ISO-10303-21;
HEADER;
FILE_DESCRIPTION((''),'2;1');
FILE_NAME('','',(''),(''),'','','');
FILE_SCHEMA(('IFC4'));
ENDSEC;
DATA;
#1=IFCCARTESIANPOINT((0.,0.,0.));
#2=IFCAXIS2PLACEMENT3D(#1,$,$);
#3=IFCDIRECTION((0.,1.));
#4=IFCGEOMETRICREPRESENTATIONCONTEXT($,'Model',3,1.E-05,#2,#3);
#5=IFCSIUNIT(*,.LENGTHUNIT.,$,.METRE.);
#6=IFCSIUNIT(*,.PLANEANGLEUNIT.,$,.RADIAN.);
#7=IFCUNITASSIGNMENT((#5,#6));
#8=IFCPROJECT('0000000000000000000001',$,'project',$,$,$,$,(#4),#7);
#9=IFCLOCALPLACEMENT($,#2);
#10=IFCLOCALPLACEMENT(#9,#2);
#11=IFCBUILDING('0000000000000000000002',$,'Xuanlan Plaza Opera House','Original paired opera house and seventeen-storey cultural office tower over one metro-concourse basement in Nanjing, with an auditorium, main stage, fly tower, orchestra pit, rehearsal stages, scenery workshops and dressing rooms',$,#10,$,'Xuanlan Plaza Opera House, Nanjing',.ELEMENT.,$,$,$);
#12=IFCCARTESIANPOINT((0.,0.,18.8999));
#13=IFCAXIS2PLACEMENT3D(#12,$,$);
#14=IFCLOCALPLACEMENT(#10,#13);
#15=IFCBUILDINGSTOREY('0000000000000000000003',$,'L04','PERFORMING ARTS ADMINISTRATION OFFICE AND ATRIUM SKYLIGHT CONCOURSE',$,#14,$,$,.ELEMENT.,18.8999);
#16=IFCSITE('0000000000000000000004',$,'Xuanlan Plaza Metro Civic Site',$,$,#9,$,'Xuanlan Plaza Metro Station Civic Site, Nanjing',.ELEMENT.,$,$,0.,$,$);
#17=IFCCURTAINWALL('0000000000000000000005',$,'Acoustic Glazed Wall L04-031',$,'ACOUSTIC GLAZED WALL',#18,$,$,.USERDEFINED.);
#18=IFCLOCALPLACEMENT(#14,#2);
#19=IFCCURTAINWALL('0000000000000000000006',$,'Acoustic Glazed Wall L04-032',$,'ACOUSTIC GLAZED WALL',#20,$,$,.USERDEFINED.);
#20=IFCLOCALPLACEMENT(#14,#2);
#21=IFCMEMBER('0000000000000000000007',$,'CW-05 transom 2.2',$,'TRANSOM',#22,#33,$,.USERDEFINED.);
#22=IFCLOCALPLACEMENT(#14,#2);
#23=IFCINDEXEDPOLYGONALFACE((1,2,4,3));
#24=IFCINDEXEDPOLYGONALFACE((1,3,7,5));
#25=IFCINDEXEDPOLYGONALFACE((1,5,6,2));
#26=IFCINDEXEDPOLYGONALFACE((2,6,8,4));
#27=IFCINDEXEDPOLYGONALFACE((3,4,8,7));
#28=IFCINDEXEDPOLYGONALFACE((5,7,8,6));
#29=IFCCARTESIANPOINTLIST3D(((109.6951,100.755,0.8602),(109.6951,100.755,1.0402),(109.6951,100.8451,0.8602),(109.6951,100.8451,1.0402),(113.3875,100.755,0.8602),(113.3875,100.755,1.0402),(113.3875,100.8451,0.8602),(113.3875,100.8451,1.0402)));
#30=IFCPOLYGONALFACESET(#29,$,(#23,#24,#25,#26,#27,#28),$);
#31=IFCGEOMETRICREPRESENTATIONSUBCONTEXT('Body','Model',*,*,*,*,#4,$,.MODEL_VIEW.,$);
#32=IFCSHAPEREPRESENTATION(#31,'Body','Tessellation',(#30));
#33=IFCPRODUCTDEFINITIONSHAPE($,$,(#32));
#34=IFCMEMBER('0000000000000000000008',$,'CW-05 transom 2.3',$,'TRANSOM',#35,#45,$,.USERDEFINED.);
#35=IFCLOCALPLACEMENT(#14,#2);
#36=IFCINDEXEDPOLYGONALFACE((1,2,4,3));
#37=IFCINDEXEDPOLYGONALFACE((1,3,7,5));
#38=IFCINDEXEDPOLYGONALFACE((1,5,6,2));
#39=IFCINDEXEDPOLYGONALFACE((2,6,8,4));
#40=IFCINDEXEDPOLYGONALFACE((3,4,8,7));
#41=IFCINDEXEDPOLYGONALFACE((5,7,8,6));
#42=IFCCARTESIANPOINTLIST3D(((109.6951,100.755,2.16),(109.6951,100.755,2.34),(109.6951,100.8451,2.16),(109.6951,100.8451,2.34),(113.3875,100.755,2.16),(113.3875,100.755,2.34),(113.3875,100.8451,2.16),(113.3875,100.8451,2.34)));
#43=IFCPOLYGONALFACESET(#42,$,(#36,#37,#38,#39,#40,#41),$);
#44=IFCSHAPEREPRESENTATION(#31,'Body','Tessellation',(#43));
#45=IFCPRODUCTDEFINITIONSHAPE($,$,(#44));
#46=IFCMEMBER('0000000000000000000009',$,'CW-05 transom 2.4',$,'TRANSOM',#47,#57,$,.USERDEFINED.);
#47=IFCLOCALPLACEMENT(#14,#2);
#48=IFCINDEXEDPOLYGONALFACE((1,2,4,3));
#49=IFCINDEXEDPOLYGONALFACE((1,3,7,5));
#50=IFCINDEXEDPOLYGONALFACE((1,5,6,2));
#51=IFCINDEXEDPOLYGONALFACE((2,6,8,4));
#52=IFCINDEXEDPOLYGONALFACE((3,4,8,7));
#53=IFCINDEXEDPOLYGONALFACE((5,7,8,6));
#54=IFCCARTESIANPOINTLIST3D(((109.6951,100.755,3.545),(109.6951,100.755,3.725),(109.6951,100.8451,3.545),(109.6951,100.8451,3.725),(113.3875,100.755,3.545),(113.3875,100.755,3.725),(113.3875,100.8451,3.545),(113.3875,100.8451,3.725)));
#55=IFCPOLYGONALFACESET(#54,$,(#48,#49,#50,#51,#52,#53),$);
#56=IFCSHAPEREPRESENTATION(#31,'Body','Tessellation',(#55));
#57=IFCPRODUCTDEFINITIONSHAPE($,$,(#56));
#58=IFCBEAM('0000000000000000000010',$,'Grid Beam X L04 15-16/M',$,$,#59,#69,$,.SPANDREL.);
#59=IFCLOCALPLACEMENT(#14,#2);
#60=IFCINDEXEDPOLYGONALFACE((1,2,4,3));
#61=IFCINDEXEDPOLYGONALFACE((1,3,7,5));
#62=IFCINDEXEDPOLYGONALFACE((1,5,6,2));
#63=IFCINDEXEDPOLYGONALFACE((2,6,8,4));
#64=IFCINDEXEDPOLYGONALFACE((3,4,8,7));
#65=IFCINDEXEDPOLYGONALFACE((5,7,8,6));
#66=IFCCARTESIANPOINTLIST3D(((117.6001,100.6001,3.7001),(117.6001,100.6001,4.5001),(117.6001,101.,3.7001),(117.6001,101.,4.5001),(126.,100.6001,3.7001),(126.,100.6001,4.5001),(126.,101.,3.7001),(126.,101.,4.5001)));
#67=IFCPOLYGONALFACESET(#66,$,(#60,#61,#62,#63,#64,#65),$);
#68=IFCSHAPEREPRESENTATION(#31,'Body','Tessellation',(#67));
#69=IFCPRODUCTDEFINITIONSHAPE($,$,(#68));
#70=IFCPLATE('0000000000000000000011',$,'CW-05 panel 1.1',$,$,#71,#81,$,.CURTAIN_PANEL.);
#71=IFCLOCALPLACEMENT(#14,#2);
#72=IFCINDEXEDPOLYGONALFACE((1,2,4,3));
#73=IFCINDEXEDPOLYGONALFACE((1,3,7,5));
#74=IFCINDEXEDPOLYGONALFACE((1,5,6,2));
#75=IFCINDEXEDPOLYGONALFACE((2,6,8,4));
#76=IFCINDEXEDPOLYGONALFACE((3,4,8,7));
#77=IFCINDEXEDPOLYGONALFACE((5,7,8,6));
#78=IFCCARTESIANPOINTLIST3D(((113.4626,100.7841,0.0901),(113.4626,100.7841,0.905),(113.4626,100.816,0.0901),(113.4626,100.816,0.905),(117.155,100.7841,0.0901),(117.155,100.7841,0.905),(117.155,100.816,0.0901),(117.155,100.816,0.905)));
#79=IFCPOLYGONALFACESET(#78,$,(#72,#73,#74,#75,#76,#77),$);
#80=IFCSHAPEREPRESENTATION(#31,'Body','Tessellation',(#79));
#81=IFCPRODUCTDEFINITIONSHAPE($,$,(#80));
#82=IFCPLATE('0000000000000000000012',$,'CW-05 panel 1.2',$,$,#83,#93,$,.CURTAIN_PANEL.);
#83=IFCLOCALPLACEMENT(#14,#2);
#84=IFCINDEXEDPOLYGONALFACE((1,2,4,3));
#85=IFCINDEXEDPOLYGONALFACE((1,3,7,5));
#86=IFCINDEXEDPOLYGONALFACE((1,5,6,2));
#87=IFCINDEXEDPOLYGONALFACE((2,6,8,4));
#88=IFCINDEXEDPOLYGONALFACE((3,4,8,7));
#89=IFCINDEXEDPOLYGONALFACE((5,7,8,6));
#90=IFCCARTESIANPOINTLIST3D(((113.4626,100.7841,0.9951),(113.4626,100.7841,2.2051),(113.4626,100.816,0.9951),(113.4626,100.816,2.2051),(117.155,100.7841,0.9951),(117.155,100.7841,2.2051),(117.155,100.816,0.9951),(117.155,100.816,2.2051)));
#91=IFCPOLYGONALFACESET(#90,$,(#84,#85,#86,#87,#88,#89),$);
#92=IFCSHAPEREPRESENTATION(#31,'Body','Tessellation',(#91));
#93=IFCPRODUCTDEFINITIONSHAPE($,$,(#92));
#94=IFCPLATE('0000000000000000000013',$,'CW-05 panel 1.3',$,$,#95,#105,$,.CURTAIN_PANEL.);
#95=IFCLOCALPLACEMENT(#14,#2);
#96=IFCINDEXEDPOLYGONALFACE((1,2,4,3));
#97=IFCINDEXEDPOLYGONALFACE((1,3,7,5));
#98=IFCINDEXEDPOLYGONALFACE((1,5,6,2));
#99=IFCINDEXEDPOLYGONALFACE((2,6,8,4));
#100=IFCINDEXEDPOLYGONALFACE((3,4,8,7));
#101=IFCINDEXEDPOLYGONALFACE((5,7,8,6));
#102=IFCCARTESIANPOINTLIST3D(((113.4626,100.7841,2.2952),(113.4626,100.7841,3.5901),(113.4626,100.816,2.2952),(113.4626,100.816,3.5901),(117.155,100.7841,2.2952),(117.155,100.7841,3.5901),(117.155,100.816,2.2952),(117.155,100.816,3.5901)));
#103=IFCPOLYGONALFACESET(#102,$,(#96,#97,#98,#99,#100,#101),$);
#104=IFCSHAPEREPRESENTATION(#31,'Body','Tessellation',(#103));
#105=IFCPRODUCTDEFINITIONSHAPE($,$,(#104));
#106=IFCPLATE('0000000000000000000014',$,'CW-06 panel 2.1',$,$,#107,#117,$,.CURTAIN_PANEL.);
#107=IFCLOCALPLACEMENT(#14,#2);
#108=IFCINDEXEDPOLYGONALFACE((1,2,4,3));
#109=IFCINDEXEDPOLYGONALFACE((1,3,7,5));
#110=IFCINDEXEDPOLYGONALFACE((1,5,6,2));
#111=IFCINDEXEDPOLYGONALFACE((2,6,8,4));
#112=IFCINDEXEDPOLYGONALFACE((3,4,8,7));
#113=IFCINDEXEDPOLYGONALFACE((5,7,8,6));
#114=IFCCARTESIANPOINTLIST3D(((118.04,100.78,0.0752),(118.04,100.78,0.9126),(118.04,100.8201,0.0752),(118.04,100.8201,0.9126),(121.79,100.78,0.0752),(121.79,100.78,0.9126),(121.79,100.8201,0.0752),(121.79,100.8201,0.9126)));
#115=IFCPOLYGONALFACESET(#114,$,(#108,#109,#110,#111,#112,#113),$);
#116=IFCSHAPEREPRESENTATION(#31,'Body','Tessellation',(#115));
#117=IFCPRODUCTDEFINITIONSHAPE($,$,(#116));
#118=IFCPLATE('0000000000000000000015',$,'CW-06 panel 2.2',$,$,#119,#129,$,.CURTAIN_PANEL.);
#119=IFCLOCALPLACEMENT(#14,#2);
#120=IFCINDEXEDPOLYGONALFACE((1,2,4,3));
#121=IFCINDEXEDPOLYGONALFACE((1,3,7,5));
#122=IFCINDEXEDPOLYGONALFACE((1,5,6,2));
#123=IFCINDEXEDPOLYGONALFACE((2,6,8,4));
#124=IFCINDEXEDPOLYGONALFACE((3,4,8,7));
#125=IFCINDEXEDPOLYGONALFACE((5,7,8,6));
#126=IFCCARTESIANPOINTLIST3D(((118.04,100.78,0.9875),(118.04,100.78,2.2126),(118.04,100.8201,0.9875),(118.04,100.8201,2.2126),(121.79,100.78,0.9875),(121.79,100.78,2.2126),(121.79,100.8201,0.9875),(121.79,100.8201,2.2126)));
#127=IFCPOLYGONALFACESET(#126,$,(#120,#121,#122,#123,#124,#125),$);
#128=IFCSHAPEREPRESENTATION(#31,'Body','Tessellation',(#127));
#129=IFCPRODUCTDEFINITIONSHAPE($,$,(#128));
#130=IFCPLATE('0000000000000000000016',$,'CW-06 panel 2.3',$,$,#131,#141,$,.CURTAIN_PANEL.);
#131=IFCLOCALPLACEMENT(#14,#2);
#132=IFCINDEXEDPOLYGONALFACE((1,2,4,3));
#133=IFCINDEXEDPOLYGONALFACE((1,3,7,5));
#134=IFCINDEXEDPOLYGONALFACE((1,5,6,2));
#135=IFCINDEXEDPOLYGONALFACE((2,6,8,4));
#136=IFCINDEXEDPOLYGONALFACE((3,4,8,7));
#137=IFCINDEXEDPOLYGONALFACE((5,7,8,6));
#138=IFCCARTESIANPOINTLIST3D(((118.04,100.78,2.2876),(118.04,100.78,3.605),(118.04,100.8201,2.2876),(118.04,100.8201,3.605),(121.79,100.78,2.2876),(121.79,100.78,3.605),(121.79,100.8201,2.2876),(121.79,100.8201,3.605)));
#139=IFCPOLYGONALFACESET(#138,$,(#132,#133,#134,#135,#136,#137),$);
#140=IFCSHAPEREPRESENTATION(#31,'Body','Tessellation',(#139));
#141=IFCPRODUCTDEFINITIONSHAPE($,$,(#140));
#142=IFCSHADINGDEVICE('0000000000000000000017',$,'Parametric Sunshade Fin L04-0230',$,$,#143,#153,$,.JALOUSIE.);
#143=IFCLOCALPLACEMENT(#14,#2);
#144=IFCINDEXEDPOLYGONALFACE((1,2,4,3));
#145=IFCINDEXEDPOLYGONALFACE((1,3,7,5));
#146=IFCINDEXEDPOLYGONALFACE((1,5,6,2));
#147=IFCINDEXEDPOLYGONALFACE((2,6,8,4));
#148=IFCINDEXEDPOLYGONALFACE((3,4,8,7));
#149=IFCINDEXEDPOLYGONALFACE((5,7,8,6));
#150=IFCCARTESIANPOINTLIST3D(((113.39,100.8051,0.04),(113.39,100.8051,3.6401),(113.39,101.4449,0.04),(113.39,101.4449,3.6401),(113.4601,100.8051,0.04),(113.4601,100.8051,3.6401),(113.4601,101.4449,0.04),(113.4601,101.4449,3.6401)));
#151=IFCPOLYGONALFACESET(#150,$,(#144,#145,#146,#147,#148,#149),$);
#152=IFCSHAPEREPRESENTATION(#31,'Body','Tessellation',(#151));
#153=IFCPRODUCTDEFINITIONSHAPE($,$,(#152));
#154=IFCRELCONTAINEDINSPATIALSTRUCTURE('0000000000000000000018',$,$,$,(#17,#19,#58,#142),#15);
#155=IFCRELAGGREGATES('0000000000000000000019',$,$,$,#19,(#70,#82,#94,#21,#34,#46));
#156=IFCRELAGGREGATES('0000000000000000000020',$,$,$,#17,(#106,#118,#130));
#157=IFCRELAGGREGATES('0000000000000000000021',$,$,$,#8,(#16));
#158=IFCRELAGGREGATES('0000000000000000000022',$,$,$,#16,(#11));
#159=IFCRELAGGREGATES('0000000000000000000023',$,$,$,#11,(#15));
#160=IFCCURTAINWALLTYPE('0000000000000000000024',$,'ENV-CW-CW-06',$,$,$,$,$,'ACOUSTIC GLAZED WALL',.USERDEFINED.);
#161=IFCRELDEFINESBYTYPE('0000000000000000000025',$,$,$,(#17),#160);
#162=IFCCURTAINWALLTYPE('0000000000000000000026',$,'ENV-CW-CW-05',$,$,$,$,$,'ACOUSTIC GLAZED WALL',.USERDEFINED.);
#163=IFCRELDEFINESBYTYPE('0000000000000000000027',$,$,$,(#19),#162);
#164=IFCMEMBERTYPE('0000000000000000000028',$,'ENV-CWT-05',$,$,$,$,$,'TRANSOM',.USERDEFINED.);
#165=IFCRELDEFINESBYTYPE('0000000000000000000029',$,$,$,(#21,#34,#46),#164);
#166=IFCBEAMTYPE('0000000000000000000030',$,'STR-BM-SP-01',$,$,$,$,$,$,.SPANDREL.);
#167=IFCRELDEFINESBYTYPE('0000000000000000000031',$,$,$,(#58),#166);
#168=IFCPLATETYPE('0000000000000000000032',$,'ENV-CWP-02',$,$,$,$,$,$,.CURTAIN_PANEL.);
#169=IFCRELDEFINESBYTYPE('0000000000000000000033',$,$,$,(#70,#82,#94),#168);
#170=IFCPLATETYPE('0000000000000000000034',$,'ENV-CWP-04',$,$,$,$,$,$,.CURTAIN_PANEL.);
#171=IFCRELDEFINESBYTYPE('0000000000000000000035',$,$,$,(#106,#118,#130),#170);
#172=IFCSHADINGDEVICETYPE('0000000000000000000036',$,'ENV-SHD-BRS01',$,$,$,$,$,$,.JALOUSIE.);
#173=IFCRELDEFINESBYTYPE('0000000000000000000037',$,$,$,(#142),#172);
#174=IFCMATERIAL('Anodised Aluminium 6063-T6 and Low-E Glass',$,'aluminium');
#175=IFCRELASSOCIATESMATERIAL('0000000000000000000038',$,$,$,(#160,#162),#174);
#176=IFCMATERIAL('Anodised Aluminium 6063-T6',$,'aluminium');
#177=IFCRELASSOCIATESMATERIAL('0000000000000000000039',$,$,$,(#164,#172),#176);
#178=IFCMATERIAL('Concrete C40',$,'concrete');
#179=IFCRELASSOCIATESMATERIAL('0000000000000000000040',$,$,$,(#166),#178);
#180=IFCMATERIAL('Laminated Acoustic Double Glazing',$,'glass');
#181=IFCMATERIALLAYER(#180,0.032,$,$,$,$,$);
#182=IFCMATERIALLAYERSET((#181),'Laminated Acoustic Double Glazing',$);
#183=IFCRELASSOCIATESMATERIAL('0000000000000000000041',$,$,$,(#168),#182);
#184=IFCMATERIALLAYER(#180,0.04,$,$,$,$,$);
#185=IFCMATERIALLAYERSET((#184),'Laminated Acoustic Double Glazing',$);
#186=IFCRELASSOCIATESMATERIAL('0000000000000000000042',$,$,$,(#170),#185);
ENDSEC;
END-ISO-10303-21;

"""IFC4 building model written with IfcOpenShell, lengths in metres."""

from ifc_helpers import new_model, si_unit, direction, frame, origin, origin_2d, place, context, subcontext, project, spatial, rectangle, extrude, material, layer, layer_set, material_profile, profile_set, type_object, element, aggregate, save


model = new_model("IFC4")

# Units and contexts
model_context = context("Model", 3, precision=1e-05, world=origin(), true_north=direction((0.0, 1.0)))
body_context = subcontext(model_context, "Body", "Model", "MODEL_VIEW")
ifc_project = project(units=[si_unit("LENGTHUNIT", "METRE"), si_unit("PLANEANGLEUNIT", "RADIAN")], contexts=[model_context])

# Site, building, storey
site_placement = place(None, origin())
site = spatial("IfcSite", under=ifc_project, at=site_placement, Name="Xuanlan Plaza Metro Civic Site", LongName="Xuanlan Plaza Metro Station Civic Site, Nanjing", CompositionType="ELEMENT", RefElevation=0.0)
building_placement = place(site_placement, origin())
building = spatial("IfcBuilding", under=site, at=building_placement, Name="Xuanlan Plaza Opera House", Description="Original paired opera house and seventeen-storey cultural office tower over one metro-concourse basement in Nanjing, with an auditorium, main stage, fly tower, orchestra pit, rehearsal stages, scenery workshops and dressing rooms", LongName="Xuanlan Plaza Opera House, Nanjing", CompositionType="ELEMENT")
storey_placement = place(building_placement, frame((0.0, 0.0, 18.8999)))
storey = spatial("IfcBuildingStorey", under=building, at=storey_placement, Name="L04", Description="PERFORMING ARTS ADMINISTRATION OFFICE AND ATRIUM SKYLIGHT CONCOURSE", CompositionType="ELEMENT", Elevation=18.8999)

# Shared definitions
ifc_material_1 = material(Name="Concrete C40", Category="concrete")

# Curtain walls
ifc_material_2 = material(Name="Anodised Aluminium 6063-T6 and Low-E Glass", Category="aluminium")
curtain_wall_type_1 = type_object("IfcCurtainWallType", Name="ENV-CW-CW-06", ElementType="ACOUSTIC GLAZED WALL", PredefinedType="USERDEFINED", material=ifc_material_2)
curtain_wall_1_placement = place(storey_placement, origin())
curtain_wall_1 = element("IfcCurtainWall", 1, at=curtain_wall_1_placement, inside=storey, type_object=curtain_wall_type_1, Name="Acoustic Glazed Wall L04-031", ObjectType="ACOUSTIC GLAZED WALL", PredefinedType="USERDEFINED")
ifc_material_3 = material(Name="Anodised Aluminium 6063-T6", Category="aluminium")
curtain_wall_type_2 = type_object("IfcCurtainWallType", Name="ENV-CW-CW-05", ElementType="ACOUSTIC GLAZED WALL", PredefinedType="USERDEFINED", material=ifc_material_2)
curtain_wall_2_placement = place(storey_placement, origin())
curtain_wall_2 = element("IfcCurtainWall", 2, at=curtain_wall_2_placement, inside=storey, type_object=curtain_wall_type_2, Name="Acoustic Glazed Wall L04-032", ObjectType="ACOUSTIC GLAZED WALL", PredefinedType="USERDEFINED")

# Members
ifc_material_profile_1 = material_profile(ifc_material_3, rectangle(XDim=0.0901, YDim=0.1799, at=origin_2d()), Name="ALU-T 90x180")
ifc_profile_set_1 = profile_set([ifc_material_profile_1], Name="Anodised Aluminium 6063-T6")
member_type_1 = type_object("IfcMemberType", Name="ENV-CWT-05", ElementType="TRANSOM", PredefinedType="USERDEFINED", material=ifc_profile_set_1)
member_1_placement = place(storey_placement, frame((113.3875, 100.8, 0.9502), z_axis=(-1.0, 0.0, 0.0), x_axis=(0.0, -1.0, 0.0)))
member_1 = element("IfcMember", 3, at=member_1_placement, type_object=member_type_1, Name="CW-05 transom 2.2", ObjectType="TRANSOM", PredefinedType="USERDEFINED", context=body_context, shape_type="SweptSolid", body=[
    extrude(rectangle(XDim=0.0901, YDim=0.1799, at=origin_2d()), origin(), (0.0, 0.0, 1.0), 3.6924),
])
member_2_placement = place(storey_placement, frame((113.3875, 100.8, 2.25), z_axis=(-1.0, 0.0, 0.0), x_axis=(0.0, -1.0, 0.0)))
member_2 = element("IfcMember", 4, at=member_2_placement, type_object=member_type_1, Name="CW-05 transom 2.3", ObjectType="TRANSOM", PredefinedType="USERDEFINED", context=body_context, shape_type="SweptSolid", body=[
    extrude(rectangle(XDim=0.0901, YDim=0.1799, at=origin_2d()), origin(), (0.0, 0.0, 1.0), 3.6924),
])
member_3_placement = place(storey_placement, frame((113.3875, 100.8, 3.635), z_axis=(-1.0, 0.0, 0.0), x_axis=(0.0, -1.0, 0.0)))
member_3 = element("IfcMember", 5, at=member_3_placement, type_object=member_type_1, Name="CW-05 transom 2.4", ObjectType="TRANSOM", PredefinedType="USERDEFINED", context=body_context, shape_type="SweptSolid", body=[
    extrude(rectangle(XDim=0.0901, YDim=0.1799, at=origin_2d()), origin(), (0.0, 0.0, 1.0), 3.6924),
])

# Beam
ifc_material_profile_2 = material_profile(ifc_material_1, rectangle(XDim=0.3999, YDim=0.8, at=origin_2d()), Name="RC-SPD 400x800")
ifc_profile_set_2 = profile_set([ifc_material_profile_2], Name="Concrete C40")
beam_type = type_object("IfcBeamType", Name="STR-BM-SP-01", PredefinedType="SPANDREL", material=ifc_profile_set_2)
beam_placement = place(storey_placement, frame((117.6001, 100.8, 4.1001), z_axis=(1.0, 0.0, 0.0), x_axis=(0.0, 1.0, 0.0)))
element("IfcBeam", 6, at=beam_placement, inside=storey, type_object=beam_type, Name="Grid Beam X L04 15-16/M", PredefinedType="SPANDREL", context=body_context, shape_type="SweptSolid", body=[
    extrude(rectangle(XDim=0.3999, YDim=0.8, at=origin_2d()), origin(), (0.0, 0.0, 1.0), 8.3999),
])

# Plates
ifc_material_4 = material(Name="Laminated Acoustic Double Glazing", Category="glass")
ifc_layer_1 = layer(ifc_material_4, 0.032)
ifc_layer_set_1 = layer_set([ifc_layer_1], Name="Laminated Acoustic Double Glazing")
plate_type_1 = type_object("IfcPlateType", Name="ENV-CWP-02", PredefinedType="CURTAIN_PANEL", material=ifc_layer_set_1)
plate_1_placement = place(storey_placement, frame((115.3088, 100.8, 0.0901), z_axis=(0.0, 0.0, 1.0), x_axis=(-1.0, 0.0, 0.0)))
plate_1 = element("IfcPlate", 7, at=plate_1_placement, type_object=plate_type_1, Name="CW-05 panel 1.1", PredefinedType="CURTAIN_PANEL", context=body_context, shape_type="SweptSolid", body=[
    extrude(rectangle(XDim=3.6924, YDim=0.032, at=origin_2d()), origin(), (0.0, 0.0, 1.0), 0.8149),
])
plate_2_placement = place(storey_placement, frame((115.3088, 100.8, 0.9951), z_axis=(0.0, 0.0, 1.0), x_axis=(-1.0, 0.0, 0.0)))
plate_2 = element("IfcPlate", 8, at=plate_2_placement, type_object=plate_type_1, Name="CW-05 panel 1.2", PredefinedType="CURTAIN_PANEL", context=body_context, shape_type="SweptSolid", body=[
    extrude(rectangle(XDim=3.6924, YDim=0.032, at=origin_2d()), origin(), (0.0, 0.0, 1.0), 1.21),
])
plate_3_placement = place(storey_placement, frame((115.3088, 100.8, 2.2952), z_axis=(0.0, 0.0, 1.0), x_axis=(-1.0, 0.0, 0.0)))
plate_3 = element("IfcPlate", 9, at=plate_3_placement, type_object=plate_type_1, Name="CW-05 panel 1.3", PredefinedType="CURTAIN_PANEL", context=body_context, shape_type="SweptSolid", body=[
    extrude(rectangle(XDim=3.6924, YDim=0.032, at=origin_2d()), origin(), (0.0, 0.0, 1.0), 1.2949),
])
aggregate(curtain_wall_2, [plate_1, plate_2, plate_3, member_1, member_2, member_3])
ifc_layer_2 = layer(ifc_material_4, 0.04)
ifc_layer_set_2 = layer_set([ifc_layer_2], Name="Laminated Acoustic Double Glazing")
plate_type_2 = type_object("IfcPlateType", Name="ENV-CWP-04", PredefinedType="CURTAIN_PANEL", material=ifc_layer_set_2)
plate_4_placement = place(storey_placement, frame((119.915, 100.8, 0.0752), z_axis=(0.0, 0.0, 1.0), x_axis=(-1.0, 0.0, 0.0)))
plate_4 = element("IfcPlate", 10, at=plate_4_placement, type_object=plate_type_2, Name="CW-06 panel 2.1", PredefinedType="CURTAIN_PANEL", context=body_context, shape_type="SweptSolid", body=[
    extrude(rectangle(XDim=3.75, YDim=0.04, at=origin_2d()), origin(), (0.0, 0.0, 1.0), 0.8374),
])
plate_5_placement = place(storey_placement, frame((119.915, 100.8, 0.9875), z_axis=(0.0, 0.0, 1.0), x_axis=(-1.0, 0.0, 0.0)))
plate_5 = element("IfcPlate", 11, at=plate_5_placement, type_object=plate_type_2, Name="CW-06 panel 2.2", PredefinedType="CURTAIN_PANEL", context=body_context, shape_type="SweptSolid", body=[
    extrude(rectangle(XDim=3.75, YDim=0.04, at=origin_2d()), origin(), (0.0, 0.0, 1.0), 1.2251),
])
plate_6_placement = place(storey_placement, frame((119.915, 100.8, 2.2876), z_axis=(0.0, 0.0, 1.0), x_axis=(-1.0, 0.0, 0.0)))
plate_6 = element("IfcPlate", 12, at=plate_6_placement, type_object=plate_type_2, Name="CW-06 panel 2.3", PredefinedType="CURTAIN_PANEL", context=body_context, shape_type="SweptSolid", body=[
    extrude(rectangle(XDim=3.75, YDim=0.04, at=origin_2d()), origin(), (0.0, 0.0, 1.0), 1.3174),
])
aggregate(curtain_wall_1, [plate_4, plate_5, plate_6])

# Shading device
shading_device_type = type_object("IfcShadingDeviceType", Name="ENV-SHD-BRS01", PredefinedType="JALOUSIE", material=ifc_material_3)
shading_device_placement = place(storey_placement, frame((113.425, 101.125, 0.04), z_axis=(0.0, 0.0, 1.0), x_axis=(0.0, 1.0, 0.0)))
element("IfcShadingDevice", 13, at=shading_device_placement, inside=storey, type_object=shading_device_type, Name="Parametric Sunshade Fin L04-0230", PredefinedType="JALOUSIE", context=body_context, shape_type="SweptSolid", body=[
    extrude(rectangle(XDim=0.6399, YDim=0.0701, at=origin_2d()), origin(), (0.0, 0.0, 1.0), 3.6001),
])

save(model, "model.ifc")
